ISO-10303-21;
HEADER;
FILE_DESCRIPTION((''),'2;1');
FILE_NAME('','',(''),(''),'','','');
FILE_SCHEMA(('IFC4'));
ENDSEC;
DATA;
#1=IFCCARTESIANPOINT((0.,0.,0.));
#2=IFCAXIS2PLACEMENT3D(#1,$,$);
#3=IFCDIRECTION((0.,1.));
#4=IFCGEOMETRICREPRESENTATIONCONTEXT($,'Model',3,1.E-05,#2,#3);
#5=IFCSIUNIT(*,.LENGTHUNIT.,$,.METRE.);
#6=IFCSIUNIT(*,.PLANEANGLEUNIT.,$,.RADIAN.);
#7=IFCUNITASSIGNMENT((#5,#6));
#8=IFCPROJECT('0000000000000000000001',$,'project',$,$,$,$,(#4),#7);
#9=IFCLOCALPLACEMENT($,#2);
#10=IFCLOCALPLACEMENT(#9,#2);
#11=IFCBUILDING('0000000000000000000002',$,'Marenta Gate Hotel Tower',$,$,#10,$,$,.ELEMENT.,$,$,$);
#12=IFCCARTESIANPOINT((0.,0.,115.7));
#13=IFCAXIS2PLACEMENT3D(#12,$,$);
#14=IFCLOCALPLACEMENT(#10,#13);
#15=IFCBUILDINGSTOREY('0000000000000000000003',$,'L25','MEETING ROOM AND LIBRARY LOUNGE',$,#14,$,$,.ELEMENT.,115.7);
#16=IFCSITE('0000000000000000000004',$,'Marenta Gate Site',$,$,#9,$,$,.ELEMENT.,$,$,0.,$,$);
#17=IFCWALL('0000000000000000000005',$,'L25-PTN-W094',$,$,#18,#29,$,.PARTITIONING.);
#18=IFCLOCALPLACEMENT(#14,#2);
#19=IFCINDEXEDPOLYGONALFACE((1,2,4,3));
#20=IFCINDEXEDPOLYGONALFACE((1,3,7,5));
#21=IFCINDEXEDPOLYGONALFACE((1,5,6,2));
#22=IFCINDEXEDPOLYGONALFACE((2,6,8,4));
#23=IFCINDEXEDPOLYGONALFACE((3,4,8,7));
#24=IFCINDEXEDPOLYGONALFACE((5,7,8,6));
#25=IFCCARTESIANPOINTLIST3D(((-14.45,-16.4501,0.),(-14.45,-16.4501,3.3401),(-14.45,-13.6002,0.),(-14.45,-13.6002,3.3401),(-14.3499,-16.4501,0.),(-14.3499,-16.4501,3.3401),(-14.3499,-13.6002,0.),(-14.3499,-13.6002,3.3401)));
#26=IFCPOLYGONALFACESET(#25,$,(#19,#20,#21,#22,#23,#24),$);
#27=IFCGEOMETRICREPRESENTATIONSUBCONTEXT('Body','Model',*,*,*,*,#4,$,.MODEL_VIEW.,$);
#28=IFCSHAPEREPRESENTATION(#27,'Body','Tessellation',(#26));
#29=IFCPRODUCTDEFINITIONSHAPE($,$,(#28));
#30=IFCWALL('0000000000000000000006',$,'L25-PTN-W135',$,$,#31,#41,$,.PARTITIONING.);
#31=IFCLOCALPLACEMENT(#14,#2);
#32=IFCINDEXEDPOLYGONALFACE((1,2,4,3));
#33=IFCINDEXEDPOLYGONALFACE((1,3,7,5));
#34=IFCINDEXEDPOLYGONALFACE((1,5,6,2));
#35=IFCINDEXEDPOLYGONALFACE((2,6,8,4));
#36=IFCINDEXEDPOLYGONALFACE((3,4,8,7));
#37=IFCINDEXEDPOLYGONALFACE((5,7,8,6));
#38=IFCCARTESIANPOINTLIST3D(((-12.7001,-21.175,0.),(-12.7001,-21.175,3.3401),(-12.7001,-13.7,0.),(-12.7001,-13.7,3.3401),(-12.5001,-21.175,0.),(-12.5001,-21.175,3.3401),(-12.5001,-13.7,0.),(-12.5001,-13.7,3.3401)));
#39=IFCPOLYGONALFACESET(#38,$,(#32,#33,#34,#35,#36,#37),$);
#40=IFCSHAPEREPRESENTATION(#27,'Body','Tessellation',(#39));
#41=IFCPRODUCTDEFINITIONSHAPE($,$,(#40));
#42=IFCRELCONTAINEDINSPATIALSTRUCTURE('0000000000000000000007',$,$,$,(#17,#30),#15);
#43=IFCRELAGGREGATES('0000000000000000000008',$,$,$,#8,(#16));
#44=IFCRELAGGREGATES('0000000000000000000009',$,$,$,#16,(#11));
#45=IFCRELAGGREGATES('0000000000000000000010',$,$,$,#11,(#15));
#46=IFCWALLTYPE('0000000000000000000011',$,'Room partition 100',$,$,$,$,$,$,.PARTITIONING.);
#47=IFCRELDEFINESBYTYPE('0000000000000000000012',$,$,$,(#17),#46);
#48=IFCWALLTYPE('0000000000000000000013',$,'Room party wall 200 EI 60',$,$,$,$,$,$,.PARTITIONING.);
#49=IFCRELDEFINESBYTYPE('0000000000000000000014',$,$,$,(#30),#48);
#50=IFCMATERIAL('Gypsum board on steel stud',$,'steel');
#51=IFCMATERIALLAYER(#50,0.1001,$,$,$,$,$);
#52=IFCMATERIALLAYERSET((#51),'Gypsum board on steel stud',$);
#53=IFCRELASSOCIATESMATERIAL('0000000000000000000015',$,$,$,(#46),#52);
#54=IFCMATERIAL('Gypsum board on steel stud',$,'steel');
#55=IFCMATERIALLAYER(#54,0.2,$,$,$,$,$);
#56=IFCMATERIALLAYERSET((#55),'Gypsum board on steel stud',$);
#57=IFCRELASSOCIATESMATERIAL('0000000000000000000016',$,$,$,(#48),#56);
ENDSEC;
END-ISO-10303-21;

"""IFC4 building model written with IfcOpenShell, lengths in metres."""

from ifc_helpers import new_model, si_unit, direction, frame, frame_2d, origin, place, context, subcontext, project, spatial, rectangle, extrude, material, layer, layer_set, type_object, element, save


model = new_model("IFC4")

# Units and contexts
model_context = context("Model", 3, precision=1e-05, world=origin(), true_north=direction((0.0, 1.0)))
body_context = subcontext(model_context, "Body", "Model", "MODEL_VIEW")
ifc_project = project(units=[si_unit("LENGTHUNIT", "METRE"), si_unit("PLANEANGLEUNIT", "RADIAN")], contexts=[model_context])

# Site, building, storey
site_placement = place(None, origin())
site = spatial("IfcSite", under=ifc_project, at=site_placement, Name="Marenta Gate Site", CompositionType="ELEMENT", RefElevation=0.0)
building_placement = place(site_placement, origin())
building = spatial("IfcBuilding", under=site, at=building_placement, Name="Marenta Gate Hotel Tower", CompositionType="ELEMENT")
storey_placement = place(building_placement, frame((0.0, 0.0, 115.7)))
storey = spatial("IfcBuildingStorey", under=building, at=storey_placement, Name="L25", Description="MEETING ROOM AND LIBRARY LOUNGE", CompositionType="ELEMENT", Elevation=115.7)

# Shared definitions
ifc_material_1 = material(Name="Gypsum board on steel stud", Category="steel")
ifc_layer_1 = layer(ifc_material_1, 0.1001)
ifc_layer_set_1 = layer_set([ifc_layer_1], Name="Gypsum board on steel stud")
wall_type_1 = type_object("IfcWallType", Name="Room partition 100", PredefinedType="PARTITIONING", material=ifc_layer_set_1)

# Walls
wall_1_placement = place(storey_placement, frame((-14.3999, -16.45, 0.0), z_axis=(0.0, 0.0, 1.0), x_axis=(0.0, 1.0, 0.0)))
element("IfcWall", 1, at=wall_1_placement, inside=storey, type_object=wall_type_1, Name="L25-PTN-W094", PredefinedType="PARTITIONING", context=body_context, shape_type="SweptSolid", body=[
    extrude(rectangle(XDim=2.8499, YDim=0.1001, at=frame_2d((1.4248, 0.0))), origin(), (0.0, 0.0, 1.0), 3.3401),
])
ifc_material_2 = material(Name="Gypsum board on steel stud", Category="steel")
ifc_layer_2 = layer(ifc_material_2, 0.2)
ifc_layer_set_2 = layer_set([ifc_layer_2], Name="Gypsum board on steel stud")
wall_type_2 = type_object("IfcWallType", Name="Room party wall 200 EI 60", PredefinedType="PARTITIONING", material=ifc_layer_set_2)
wall_2_placement = place(storey_placement, frame((-12.6001, -21.175, 0.0), z_axis=(0.0, 0.0, 1.0), x_axis=(0.0, 1.0, 0.0)))
element("IfcWall", 2, at=wall_2_placement, inside=storey, type_object=wall_type_2, Name="L25-PTN-W135", PredefinedType="PARTITIONING", context=body_context, shape_type="SweptSolid", body=[
    extrude(rectangle(XDim=7.4751, YDim=0.2, at=frame_2d((3.7375, 0.0))), origin(), (0.0, 0.0, 1.0), 3.3401),
])

save(model, "model.ifc")
